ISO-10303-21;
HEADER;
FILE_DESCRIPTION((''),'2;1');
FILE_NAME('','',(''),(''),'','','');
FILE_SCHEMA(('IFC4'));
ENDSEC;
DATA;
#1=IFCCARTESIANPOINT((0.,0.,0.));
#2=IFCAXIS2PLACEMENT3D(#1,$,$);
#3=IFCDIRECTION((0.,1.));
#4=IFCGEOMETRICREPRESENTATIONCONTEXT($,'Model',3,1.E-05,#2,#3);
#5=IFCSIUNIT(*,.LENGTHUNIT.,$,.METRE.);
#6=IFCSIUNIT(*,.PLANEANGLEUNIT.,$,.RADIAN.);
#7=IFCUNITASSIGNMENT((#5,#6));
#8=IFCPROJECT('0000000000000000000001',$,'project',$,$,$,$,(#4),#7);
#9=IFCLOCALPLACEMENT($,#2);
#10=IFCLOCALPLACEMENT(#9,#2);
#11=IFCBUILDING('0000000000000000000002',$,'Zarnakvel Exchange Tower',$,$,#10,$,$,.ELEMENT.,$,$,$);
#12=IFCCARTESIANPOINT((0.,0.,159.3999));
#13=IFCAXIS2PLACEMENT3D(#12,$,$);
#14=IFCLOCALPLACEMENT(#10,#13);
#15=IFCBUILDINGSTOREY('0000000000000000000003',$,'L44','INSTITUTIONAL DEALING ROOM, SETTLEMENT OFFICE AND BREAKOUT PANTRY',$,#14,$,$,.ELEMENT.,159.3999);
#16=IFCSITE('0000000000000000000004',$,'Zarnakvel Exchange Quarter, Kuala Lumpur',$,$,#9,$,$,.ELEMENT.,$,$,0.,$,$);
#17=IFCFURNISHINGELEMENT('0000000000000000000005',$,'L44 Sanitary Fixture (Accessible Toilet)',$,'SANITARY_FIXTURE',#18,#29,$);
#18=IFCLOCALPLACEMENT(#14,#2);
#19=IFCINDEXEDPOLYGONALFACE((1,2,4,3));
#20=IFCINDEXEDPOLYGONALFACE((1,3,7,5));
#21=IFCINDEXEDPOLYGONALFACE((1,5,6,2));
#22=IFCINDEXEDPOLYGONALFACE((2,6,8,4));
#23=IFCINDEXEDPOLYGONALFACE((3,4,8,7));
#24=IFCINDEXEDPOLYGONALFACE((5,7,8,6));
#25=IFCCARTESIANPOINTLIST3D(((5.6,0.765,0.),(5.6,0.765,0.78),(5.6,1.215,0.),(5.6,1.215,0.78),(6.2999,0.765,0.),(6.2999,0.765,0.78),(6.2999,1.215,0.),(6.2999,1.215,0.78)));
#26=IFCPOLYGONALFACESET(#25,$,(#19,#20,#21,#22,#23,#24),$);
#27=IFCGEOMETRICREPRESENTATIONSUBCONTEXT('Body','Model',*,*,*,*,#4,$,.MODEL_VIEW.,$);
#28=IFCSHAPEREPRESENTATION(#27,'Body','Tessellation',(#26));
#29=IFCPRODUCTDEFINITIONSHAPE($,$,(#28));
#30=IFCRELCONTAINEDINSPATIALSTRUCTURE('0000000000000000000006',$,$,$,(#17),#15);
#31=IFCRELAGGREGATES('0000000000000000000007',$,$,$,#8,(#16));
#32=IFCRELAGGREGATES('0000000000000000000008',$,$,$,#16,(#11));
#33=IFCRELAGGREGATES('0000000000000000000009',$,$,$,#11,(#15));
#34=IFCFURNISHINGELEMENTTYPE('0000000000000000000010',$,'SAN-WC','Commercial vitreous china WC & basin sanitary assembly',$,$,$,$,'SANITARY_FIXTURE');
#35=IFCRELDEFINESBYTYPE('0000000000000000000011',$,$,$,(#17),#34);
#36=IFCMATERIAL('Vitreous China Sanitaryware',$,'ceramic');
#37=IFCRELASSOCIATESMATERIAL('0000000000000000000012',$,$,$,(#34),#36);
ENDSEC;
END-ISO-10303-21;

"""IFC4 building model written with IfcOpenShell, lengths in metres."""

from ifc_helpers import new_model, si_unit, direction, frame, origin, origin_2d, place, context, subcontext, project, spatial, rectangle, extrude, source, transform, mapped, material, type_object, element, save


model = new_model("IFC4")

# Units and contexts
model_context = context("Model", 3, precision=1e-05, world=origin(), true_north=direction((0.0, 1.0)))
body_context = subcontext(model_context, "Body", "Model", "MODEL_VIEW")
ifc_project = project(units=[si_unit("LENGTHUNIT", "METRE"), si_unit("PLANEANGLEUNIT", "RADIAN")], contexts=[model_context])

# Site, building, storey
site_placement = place(None, origin())
site = spatial("IfcSite", under=ifc_project, at=site_placement, Name="Zarnakvel Exchange Quarter, Kuala Lumpur", CompositionType="ELEMENT", RefElevation=0.0)
building_placement = place(site_placement, origin())
building = spatial("IfcBuilding", under=site, at=building_placement, Name="Zarnakvel Exchange Tower", CompositionType="ELEMENT")
storey_placement = place(building_placement, frame((0.0, 0.0, 159.3999)))
storey = spatial("IfcBuildingStorey", under=building, at=storey_placement, Name="L44", Description="INSTITUTIONAL DEALING ROOM, SETTLEMENT OFFICE AND BREAKOUT PANTRY", CompositionType="ELEMENT", Elevation=159.3999)

# Furnishing element
ifc_material_1 = material(Name="Vitreous China Sanitaryware", Category="ceramic")
furnishing_element_type = type_object("IfcFurnishingElementType", Name="SAN-WC", Description="Commercial vitreous china WC & basin sanitary assembly", ElementType="SANITARY_FIXTURE", material=ifc_material_1)
shared_shape_1 = source(origin(), body_context, "Body", "SweptSolid", [
    extrude(rectangle(XDim=0.7, YDim=0.45, at=origin_2d()), origin(), (0.0, 0.0, 1.0), 0.78),
])
furnishing_placement = place(storey_placement, frame((5.95, 0.99, 0.0), z_axis=(0.0, 0.0, 1.0), x_axis=(1.0, 0.0, 0.0)))
element("IfcFurnishingElement", 1, at=furnishing_placement, inside=storey, type_object=furnishing_element_type, Name="L44 Sanitary Fixture (Accessible Toilet)", ObjectType="SANITARY_FIXTURE", context=body_context, shape_type="MappedRepresentation", body=[
    mapped(shared_shape_1, transform((0.0, 0.0, 0.0), x_axis=(1.0, 0.0, 0.0), y_axis=(0.0, 1.0, 0.0), z_axis=(0.0, 0.0, 1.0), scale=1.0)),
])

save(model, "model.ifc")
